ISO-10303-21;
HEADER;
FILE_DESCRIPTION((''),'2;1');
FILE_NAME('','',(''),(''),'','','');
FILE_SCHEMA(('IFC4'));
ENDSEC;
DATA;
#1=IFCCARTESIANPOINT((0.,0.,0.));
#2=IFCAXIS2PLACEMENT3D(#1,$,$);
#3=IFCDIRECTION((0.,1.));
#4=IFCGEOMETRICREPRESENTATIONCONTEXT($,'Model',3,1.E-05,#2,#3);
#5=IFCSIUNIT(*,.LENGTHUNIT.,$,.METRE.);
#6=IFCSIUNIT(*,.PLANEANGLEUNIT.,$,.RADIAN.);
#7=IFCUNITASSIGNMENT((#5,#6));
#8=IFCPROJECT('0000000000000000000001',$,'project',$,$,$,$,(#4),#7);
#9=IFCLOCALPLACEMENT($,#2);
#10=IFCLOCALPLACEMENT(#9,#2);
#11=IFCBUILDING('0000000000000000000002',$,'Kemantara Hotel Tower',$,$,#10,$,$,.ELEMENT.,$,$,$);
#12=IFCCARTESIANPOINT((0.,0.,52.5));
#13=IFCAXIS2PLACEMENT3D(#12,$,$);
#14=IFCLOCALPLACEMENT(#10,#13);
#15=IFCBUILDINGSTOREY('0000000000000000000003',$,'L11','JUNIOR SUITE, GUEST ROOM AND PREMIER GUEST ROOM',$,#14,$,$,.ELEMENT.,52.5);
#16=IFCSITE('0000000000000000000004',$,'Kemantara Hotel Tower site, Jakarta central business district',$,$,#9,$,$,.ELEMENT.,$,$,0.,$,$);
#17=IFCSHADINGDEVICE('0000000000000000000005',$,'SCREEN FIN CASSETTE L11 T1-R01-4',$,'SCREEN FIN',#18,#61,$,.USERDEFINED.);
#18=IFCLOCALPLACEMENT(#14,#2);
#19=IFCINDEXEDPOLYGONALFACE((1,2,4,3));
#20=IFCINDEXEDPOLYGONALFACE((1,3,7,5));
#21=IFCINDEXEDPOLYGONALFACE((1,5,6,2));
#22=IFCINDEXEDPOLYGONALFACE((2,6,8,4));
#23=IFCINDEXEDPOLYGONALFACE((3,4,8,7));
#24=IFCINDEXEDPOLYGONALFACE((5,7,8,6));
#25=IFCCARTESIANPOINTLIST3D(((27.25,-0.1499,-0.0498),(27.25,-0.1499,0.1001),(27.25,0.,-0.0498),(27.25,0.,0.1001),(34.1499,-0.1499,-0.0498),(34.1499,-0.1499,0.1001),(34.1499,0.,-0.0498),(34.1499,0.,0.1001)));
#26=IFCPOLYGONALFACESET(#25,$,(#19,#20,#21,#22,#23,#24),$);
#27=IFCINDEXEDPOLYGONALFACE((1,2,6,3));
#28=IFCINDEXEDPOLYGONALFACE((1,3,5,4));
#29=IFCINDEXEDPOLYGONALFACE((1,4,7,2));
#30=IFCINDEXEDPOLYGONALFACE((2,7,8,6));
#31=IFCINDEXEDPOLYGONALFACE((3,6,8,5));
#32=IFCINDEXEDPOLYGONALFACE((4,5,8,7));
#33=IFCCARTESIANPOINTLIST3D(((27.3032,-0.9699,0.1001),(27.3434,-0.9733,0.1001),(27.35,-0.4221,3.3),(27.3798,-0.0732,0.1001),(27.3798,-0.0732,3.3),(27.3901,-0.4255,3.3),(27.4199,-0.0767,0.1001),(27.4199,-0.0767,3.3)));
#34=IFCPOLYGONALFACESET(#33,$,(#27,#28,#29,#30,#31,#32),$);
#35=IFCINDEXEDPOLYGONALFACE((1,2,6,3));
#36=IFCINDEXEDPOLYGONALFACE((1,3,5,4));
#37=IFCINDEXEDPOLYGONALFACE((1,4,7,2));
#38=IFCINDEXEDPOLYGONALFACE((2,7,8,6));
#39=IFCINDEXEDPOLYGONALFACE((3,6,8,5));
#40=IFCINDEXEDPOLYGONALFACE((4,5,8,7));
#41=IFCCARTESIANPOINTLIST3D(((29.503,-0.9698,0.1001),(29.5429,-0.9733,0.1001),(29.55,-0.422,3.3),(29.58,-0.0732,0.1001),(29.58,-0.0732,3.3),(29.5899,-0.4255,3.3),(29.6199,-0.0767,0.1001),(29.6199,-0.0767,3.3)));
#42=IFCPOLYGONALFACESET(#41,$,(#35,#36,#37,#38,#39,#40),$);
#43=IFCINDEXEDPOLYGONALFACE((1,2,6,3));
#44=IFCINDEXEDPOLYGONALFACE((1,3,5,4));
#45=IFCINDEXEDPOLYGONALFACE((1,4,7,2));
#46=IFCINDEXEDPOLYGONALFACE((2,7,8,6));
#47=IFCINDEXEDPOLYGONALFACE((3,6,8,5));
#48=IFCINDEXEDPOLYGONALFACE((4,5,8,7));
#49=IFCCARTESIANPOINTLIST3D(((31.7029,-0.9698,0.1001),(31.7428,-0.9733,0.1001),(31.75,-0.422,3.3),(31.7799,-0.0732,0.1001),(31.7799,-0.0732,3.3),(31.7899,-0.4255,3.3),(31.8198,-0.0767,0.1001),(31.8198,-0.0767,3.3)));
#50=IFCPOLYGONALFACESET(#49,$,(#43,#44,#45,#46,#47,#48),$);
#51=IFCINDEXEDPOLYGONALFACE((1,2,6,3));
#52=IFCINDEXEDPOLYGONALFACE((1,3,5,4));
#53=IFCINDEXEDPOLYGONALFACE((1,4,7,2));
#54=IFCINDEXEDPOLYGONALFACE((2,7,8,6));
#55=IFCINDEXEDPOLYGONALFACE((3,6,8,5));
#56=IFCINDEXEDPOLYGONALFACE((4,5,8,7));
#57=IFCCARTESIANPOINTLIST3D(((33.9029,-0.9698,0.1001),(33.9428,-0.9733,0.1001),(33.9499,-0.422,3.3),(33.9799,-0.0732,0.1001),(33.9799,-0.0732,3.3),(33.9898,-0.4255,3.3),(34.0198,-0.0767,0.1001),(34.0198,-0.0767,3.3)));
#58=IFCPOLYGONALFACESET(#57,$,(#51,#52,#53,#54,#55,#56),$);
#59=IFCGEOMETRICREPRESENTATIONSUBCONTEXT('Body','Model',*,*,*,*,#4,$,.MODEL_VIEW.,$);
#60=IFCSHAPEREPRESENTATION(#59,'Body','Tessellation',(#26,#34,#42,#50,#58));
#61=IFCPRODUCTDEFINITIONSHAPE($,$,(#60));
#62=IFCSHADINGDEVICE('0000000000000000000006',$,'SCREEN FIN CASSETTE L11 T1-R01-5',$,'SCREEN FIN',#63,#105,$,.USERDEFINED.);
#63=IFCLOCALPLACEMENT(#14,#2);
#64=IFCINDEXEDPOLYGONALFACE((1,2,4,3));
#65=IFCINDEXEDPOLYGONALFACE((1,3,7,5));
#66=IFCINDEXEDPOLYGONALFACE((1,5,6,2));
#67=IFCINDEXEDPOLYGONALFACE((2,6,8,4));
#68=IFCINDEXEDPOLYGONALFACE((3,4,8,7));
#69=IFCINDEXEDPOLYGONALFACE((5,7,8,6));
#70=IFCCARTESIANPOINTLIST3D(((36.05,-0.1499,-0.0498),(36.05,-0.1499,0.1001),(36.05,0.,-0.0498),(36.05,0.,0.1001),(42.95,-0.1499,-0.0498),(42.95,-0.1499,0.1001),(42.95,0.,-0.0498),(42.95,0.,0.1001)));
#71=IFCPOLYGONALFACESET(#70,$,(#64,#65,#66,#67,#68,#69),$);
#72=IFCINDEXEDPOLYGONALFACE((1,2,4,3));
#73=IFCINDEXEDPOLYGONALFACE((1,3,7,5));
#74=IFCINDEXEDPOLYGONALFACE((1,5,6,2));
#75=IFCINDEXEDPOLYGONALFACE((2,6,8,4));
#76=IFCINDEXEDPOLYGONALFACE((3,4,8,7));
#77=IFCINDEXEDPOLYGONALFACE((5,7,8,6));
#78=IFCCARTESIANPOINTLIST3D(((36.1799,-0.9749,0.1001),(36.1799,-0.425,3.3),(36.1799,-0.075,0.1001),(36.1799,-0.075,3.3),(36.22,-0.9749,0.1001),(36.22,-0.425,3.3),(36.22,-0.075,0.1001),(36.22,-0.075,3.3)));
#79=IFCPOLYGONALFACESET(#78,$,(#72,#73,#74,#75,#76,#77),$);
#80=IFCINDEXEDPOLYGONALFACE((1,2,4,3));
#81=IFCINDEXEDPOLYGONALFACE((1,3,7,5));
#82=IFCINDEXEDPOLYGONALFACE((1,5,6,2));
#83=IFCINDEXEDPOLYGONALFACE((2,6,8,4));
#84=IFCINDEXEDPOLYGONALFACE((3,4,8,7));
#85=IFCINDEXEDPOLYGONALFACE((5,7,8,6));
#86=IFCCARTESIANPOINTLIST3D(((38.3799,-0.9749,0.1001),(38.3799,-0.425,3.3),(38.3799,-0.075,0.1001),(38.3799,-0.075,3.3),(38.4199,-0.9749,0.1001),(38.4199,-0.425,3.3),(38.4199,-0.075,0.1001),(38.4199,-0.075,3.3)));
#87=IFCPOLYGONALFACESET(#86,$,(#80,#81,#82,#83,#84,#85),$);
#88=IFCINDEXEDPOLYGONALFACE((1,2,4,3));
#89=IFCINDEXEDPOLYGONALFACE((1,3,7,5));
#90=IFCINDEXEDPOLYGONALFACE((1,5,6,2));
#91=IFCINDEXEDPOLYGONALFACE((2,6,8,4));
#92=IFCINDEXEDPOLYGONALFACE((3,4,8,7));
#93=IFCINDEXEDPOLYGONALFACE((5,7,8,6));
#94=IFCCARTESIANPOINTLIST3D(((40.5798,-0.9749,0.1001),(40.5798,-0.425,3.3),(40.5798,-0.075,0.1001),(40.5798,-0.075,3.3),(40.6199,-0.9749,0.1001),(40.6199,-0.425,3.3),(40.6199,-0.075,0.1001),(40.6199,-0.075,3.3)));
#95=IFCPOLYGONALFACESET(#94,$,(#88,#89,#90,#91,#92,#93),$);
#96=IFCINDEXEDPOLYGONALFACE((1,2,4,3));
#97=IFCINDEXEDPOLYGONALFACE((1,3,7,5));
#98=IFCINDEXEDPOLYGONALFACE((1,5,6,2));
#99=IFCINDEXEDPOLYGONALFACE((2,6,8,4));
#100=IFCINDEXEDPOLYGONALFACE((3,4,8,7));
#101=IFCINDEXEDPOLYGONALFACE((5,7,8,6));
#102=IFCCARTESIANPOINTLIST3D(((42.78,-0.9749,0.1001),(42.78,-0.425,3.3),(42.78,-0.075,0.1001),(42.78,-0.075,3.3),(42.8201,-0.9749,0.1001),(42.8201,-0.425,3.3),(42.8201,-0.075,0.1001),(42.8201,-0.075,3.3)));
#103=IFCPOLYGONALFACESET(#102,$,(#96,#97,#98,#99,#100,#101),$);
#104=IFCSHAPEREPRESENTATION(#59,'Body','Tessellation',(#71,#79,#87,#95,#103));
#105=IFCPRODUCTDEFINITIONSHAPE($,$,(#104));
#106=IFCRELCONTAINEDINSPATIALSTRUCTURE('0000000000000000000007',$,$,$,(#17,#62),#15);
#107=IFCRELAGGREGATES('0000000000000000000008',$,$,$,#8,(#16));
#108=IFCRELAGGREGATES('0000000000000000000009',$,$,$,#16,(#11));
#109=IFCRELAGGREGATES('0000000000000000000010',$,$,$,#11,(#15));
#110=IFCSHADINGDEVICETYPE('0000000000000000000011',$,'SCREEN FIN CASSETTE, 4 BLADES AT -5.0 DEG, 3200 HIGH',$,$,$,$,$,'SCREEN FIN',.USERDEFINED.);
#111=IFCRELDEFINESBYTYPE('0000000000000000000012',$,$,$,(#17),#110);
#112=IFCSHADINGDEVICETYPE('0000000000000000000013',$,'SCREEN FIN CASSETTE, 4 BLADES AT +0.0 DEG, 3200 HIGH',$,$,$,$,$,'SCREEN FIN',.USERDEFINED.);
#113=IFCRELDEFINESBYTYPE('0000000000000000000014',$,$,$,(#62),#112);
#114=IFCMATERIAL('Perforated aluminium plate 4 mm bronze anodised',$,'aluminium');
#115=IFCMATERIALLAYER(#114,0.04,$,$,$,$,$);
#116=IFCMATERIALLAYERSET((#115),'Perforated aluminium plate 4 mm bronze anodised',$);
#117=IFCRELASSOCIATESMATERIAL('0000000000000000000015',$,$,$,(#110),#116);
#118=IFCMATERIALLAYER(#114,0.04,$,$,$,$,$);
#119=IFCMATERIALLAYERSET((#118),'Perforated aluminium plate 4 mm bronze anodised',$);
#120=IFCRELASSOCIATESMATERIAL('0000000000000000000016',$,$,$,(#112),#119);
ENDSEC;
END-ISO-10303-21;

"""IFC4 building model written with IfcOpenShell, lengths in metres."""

from ifc_helpers import new_model, si_unit, direction, frame, origin, origin_2d, place, context, subcontext, project, spatial, polyline, rectangle, outline, extrude, source, transform, mapped, material, layer, layer_set, type_object, element, save


model = new_model("IFC4")

# Units and contexts
model_context = context("Model", 3, precision=1e-05, world=origin(), true_north=direction((0.0, 1.0)))
body_context = subcontext(model_context, "Body", "Model", "MODEL_VIEW")
ifc_project = project(units=[si_unit("LENGTHUNIT", "METRE"), si_unit("PLANEANGLEUNIT", "RADIAN")], contexts=[model_context])

# Site, building, storey
site_placement = place(None, origin())
site = spatial("IfcSite", under=ifc_project, at=site_placement, Name="Kemantara Hotel Tower site, Jakarta central business district", CompositionType="ELEMENT", RefElevation=0.0)
building_placement = place(site_placement, origin())
building = spatial("IfcBuilding", under=site, at=building_placement, Name="Kemantara Hotel Tower", CompositionType="ELEMENT")
storey_placement = place(building_placement, frame((0.0, 0.0, 52.5)))
storey = spatial("IfcBuildingStorey", under=building, at=storey_placement, Name="L11", Description="JUNIOR SUITE, GUEST ROOM AND PREMIER GUEST ROOM", CompositionType="ELEMENT", Elevation=52.5)

# Shading devices
ifc_material_1 = material(Name="Perforated aluminium plate 4 mm bronze anodised", Category="aluminium")
ifc_layer_1 = layer(ifc_material_1, 0.04)
ifc_layer_set_1 = layer_set([ifc_layer_1], Name="Perforated aluminium plate 4 mm bronze anodised")
shading_device_type_1 = type_object("IfcShadingDeviceType", Name="SCREEN FIN CASSETTE, 4 BLADES AT -5.0 DEG, 3200 HIGH", ElementType="SCREEN FIN", PredefinedType="USERDEFINED", material=ifc_layer_set_1)
shared_shape_1 = source(origin(), body_context, "Body", "SweptSolid", [
    extrude(rectangle(XDim=6.8999, YDim=0.1499, at=origin_2d()), frame((3.3, -0.075, -0.1499), z_axis=(0.0, 0.0, 1.0), x_axis=(1.0, 0.0, 0.0)), (0.0, 0.0, 1.0), 0.1499),
    extrude(outline(polyline([(0.0, 0.0), (0.8999, 0.0), (0.3501, 3.2), (0.0, 3.2), (0.0, 0.0)])), frame((0.02, -0.0767, 0.0), z_axis=(-0.996376, 0.085056, 0.0), x_axis=(-0.085056, -0.996376, 0.0)), (0.0, 0.0, 1.0), 0.0403),
    extrude(outline(polyline([(0.0, 0.0), (0.8999, 0.0), (0.3501, 3.2), (0.0, 3.2), (0.0, 0.0)])), frame((2.22, -0.0767, 0.0), z_axis=(-0.996332, 0.085575, 0.0), x_axis=(-0.085575, -0.996332, 0.0)), (0.0, 0.0, 1.0), 0.04),
    extrude(outline(polyline([(0.0, 0.0), (0.8999, 0.0), (0.3501, 3.2), (0.0, 3.2), (0.0, 0.0)])), frame((4.4199, -0.0767, 0.0), z_axis=(-0.996332, 0.085575, 0.0), x_axis=(-0.085575, -0.996332, 0.0)), (0.0, 0.0, 1.0), 0.04),
    extrude(outline(polyline([(0.0, 0.0), (0.8999, 0.0), (0.3501, 3.2), (0.0, 3.2), (0.0, 0.0)])), frame((6.6199, -0.0767, 0.0), z_axis=(-0.996332, 0.085575, 0.0), x_axis=(-0.085575, -0.996332, 0.0)), (0.0, 0.0, 1.0), 0.04),
])
shading_device_1_placement = place(storey_placement, frame((27.3999, 0.0, 0.1001), z_axis=(0.0, 0.0, 1.0), x_axis=(1.0, 0.0, 0.0)))
element("IfcShadingDevice", 1, at=shading_device_1_placement, inside=storey, type_object=shading_device_type_1, Name="SCREEN FIN CASSETTE L11 T1-R01-4", ObjectType="SCREEN FIN", PredefinedType="USERDEFINED", context=body_context, shape_type="MappedRepresentation", body=[
    mapped(shared_shape_1, transform((0.0, 0.0, 0.0))),
])
ifc_layer_2 = layer(ifc_material_1, 0.04)
ifc_layer_set_2 = layer_set([ifc_layer_2], Name="Perforated aluminium plate 4 mm bronze anodised")
shading_device_type_2 = type_object("IfcShadingDeviceType", Name="SCREEN FIN CASSETTE, 4 BLADES AT +0.0 DEG, 3200 HIGH", ElementType="SCREEN FIN", PredefinedType="USERDEFINED", material=ifc_layer_set_2)
shared_shape_2 = source(origin(), body_context, "Body", "SweptSolid", [
    extrude(rectangle(XDim=6.8999, YDim=0.1499, at=origin_2d()), frame((3.3, -0.075, -0.1499), z_axis=(0.0, 0.0, 1.0), x_axis=(1.0, 0.0, 0.0)), (0.0, 0.0, 1.0), 0.1499),
    extrude(outline(polyline([(0.0, 0.0), (0.8999, 0.0), (0.3501, 3.2), (0.0, 3.2), (0.0, 0.0)])), frame((0.02, -0.075, 0.0), z_axis=(-1.0, 0.0, 0.0), x_axis=(0.0, -1.0, 0.0)), (0.0, 0.0, 1.0), 0.04),
    extrude(outline(polyline([(0.0, 0.0), (0.8999, 0.0), (0.3501, 3.2), (0.0, 3.2), (0.0, 0.0)])), frame((2.22, -0.075, 0.0), z_axis=(-1.0, 0.0, 0.0), x_axis=(0.0, -1.0, 0.0)), (0.0, 0.0, 1.0), 0.04),
    extrude(outline(polyline([(0.0, 0.0), (0.8999, 0.0), (0.3501, 3.2), (0.0, 3.2), (0.0, 0.0)])), frame((4.4199, -0.075, 0.0), z_axis=(-1.0, 0.0, 0.0), x_axis=(0.0, -1.0, 0.0)), (0.0, 0.0, 1.0), 0.04),
    extrude(outline(polyline([(0.0, 0.0), (0.8999, 0.0), (0.3501, 3.2), (0.0, 3.2), (0.0, 0.0)])), frame((6.6201, -0.075, 0.0), z_axis=(-1.0, 0.0, 0.0), x_axis=(0.0, -1.0, 0.0)), (0.0, 0.0, 1.0), 0.04),
])
shading_device_2_placement = place(storey_placement, frame((36.2, 0.0, 0.1001), z_axis=(0.0, 0.0, 1.0), x_axis=(1.0, 0.0, 0.0)))
element("IfcShadingDevice", 2, at=shading_device_2_placement, inside=storey, type_object=shading_device_type_2, Name="SCREEN FIN CASSETTE L11 T1-R01-5", ObjectType="SCREEN FIN", PredefinedType="USERDEFINED", context=body_context, shape_type="MappedRepresentation", body=[
    mapped(shared_shape_2, transform((0.0, 0.0, 0.0))),
])

save(model, "model.ifc")
